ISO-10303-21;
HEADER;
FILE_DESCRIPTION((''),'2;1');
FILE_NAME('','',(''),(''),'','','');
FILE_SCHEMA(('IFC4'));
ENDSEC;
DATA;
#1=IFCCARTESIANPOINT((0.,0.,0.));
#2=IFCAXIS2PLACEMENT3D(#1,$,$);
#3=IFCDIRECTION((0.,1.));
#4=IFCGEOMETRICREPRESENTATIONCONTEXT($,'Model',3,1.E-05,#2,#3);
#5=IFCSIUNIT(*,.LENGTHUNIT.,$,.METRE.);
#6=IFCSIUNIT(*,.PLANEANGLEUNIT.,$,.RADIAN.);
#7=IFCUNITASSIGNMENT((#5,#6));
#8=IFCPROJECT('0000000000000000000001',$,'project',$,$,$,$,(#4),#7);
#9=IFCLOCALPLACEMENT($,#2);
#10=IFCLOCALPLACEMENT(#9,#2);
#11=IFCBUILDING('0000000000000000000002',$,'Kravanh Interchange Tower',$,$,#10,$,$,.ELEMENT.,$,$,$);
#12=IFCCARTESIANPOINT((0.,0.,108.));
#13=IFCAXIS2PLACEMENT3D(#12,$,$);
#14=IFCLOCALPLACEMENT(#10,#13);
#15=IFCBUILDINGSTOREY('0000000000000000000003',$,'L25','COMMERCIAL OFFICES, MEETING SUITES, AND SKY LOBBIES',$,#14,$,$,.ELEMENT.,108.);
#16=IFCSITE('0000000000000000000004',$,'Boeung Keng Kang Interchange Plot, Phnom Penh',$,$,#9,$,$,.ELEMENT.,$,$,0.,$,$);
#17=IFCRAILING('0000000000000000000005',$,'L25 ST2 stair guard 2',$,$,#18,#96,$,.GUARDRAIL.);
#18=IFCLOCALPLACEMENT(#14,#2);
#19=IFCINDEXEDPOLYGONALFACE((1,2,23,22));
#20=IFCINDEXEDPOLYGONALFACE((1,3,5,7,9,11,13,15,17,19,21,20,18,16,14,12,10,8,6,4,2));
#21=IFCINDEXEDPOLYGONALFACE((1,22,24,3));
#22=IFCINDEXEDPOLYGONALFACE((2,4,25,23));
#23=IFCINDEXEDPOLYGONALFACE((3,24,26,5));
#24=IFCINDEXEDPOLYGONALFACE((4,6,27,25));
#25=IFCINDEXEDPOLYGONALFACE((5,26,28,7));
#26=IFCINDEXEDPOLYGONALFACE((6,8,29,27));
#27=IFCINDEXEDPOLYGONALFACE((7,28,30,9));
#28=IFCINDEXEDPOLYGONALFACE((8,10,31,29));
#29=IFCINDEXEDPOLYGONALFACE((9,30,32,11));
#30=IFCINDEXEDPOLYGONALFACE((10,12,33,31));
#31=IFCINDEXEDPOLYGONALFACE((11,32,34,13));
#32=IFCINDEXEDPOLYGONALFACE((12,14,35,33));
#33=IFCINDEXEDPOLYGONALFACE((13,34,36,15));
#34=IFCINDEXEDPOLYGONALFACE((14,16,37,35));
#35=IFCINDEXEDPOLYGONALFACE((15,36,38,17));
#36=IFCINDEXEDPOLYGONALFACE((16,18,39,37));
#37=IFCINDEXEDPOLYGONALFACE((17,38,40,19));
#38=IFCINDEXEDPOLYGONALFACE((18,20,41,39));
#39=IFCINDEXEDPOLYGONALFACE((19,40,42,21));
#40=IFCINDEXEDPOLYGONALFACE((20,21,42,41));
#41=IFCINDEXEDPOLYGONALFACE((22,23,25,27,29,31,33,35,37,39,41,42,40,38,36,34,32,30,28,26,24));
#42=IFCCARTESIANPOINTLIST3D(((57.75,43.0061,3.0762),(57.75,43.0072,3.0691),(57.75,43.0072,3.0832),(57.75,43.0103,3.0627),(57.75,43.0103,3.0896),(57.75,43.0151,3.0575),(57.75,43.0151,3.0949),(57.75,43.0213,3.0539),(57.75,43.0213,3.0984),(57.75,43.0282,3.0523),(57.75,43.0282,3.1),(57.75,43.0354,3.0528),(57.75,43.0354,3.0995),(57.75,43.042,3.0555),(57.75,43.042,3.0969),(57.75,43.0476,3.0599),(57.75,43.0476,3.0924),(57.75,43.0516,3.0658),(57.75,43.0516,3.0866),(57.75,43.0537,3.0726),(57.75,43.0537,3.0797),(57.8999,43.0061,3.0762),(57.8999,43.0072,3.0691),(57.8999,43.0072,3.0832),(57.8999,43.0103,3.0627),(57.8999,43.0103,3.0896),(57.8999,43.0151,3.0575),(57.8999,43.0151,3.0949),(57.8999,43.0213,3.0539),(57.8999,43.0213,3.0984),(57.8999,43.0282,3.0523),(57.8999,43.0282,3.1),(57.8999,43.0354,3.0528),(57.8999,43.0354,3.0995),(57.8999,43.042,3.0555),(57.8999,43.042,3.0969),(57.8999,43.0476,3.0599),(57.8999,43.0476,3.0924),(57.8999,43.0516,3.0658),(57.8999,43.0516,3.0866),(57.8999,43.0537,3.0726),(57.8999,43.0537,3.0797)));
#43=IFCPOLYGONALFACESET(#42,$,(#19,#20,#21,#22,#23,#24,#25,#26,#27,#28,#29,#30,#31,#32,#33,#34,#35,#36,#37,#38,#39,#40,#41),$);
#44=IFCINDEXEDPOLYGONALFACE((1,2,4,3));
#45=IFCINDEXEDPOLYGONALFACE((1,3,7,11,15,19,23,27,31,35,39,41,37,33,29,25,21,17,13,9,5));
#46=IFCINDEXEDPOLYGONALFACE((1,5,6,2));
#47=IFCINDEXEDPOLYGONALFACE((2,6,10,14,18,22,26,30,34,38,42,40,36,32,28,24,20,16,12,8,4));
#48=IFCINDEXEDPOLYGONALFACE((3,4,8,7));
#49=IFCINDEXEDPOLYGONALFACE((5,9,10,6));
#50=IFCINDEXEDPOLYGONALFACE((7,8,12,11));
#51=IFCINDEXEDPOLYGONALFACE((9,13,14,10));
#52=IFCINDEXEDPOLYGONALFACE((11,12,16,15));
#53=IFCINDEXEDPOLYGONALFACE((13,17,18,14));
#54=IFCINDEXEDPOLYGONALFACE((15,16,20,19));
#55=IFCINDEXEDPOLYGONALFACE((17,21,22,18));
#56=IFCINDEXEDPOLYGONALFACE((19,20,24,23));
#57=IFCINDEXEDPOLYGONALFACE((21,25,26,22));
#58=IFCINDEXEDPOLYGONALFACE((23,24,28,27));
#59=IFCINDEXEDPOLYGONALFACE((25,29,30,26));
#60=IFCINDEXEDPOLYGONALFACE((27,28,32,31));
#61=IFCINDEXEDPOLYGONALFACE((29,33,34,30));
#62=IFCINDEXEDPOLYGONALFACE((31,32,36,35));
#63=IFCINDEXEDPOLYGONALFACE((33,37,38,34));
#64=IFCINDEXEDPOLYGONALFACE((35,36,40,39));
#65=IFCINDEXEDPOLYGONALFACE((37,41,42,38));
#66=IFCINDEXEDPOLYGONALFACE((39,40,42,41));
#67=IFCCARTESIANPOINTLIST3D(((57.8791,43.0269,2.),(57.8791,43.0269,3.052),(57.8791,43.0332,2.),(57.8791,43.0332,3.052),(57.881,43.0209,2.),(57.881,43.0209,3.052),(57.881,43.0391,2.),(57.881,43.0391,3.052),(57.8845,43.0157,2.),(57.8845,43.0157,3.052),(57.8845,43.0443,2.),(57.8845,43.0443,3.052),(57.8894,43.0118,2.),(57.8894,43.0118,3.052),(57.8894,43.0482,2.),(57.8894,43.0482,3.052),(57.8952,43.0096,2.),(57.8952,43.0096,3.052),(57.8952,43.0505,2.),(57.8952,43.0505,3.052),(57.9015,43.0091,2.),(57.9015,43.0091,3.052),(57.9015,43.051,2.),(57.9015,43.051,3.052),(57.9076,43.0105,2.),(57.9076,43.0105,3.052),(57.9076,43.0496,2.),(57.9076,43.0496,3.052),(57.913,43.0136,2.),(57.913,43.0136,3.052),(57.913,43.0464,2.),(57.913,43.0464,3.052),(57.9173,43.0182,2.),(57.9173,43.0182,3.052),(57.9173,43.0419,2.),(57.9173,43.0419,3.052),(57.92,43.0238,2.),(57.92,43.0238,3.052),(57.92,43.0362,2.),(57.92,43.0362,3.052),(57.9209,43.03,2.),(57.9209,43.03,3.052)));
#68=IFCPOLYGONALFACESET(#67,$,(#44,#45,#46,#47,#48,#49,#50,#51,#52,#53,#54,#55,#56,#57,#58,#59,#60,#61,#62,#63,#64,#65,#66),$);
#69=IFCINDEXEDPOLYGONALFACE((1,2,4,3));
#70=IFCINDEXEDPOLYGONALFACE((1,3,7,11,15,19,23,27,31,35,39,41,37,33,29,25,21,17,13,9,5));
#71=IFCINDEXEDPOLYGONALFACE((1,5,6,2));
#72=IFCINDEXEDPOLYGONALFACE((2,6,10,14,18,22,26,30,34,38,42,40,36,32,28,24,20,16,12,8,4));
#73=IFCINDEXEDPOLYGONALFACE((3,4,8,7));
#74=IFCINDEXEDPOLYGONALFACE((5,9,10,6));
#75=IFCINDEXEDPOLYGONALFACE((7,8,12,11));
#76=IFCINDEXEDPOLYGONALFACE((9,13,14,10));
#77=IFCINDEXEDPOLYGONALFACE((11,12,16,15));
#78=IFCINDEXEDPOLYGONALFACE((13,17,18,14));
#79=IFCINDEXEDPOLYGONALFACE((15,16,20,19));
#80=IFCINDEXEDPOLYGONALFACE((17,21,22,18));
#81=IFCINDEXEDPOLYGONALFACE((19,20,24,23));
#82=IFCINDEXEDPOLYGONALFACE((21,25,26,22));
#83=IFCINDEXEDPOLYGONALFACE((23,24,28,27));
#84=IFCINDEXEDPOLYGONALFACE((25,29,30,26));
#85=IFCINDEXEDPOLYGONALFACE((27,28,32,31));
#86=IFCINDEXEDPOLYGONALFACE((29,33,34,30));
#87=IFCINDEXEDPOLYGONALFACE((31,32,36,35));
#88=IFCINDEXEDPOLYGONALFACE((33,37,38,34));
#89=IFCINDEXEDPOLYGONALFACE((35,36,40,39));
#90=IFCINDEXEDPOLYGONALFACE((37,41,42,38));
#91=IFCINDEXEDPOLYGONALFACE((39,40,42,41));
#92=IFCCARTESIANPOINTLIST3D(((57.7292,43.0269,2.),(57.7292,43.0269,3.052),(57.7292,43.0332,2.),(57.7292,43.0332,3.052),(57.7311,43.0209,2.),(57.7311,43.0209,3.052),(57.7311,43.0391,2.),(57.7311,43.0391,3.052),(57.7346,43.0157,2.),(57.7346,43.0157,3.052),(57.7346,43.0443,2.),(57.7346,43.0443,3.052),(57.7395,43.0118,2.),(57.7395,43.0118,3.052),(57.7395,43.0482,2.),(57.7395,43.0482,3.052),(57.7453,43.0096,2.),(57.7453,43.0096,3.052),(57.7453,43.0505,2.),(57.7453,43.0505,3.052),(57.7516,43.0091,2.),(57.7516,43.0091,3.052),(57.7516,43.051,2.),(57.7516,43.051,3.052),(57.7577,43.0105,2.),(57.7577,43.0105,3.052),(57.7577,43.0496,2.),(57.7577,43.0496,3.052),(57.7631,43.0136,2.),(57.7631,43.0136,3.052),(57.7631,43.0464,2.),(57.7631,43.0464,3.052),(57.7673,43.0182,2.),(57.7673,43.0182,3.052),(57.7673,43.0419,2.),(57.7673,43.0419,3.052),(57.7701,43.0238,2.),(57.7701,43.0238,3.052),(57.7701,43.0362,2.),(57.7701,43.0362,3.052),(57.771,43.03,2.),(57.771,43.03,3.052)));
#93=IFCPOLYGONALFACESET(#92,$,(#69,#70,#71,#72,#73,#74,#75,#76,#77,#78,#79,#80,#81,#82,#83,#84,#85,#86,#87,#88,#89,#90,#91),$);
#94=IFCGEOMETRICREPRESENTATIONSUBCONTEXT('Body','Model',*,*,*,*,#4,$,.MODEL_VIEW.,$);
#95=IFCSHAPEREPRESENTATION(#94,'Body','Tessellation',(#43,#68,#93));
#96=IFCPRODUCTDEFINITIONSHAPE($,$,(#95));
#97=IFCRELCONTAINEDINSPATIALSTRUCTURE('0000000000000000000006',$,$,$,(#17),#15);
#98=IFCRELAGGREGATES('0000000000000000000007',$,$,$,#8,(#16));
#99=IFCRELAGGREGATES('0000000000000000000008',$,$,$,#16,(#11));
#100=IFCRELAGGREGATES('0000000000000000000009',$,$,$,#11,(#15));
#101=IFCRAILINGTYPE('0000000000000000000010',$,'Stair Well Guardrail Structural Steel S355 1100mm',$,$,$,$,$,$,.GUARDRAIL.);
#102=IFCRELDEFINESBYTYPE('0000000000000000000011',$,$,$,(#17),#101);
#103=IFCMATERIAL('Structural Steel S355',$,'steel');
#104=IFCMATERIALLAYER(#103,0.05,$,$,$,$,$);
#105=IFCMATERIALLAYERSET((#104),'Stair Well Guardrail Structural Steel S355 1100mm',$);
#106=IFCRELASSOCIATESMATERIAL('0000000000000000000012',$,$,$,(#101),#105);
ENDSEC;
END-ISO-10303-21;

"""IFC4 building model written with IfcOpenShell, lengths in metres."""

from ifc_helpers import new_model, si_unit, direction, frame, origin, origin_2d, place, context, subcontext, project, spatial, circle, extrude, material, layer, layer_set, type_object, element, save


model = new_model("IFC4")

# Units and contexts
model_context = context("Model", 3, precision=1e-05, world=origin(), true_north=direction((0.0, 1.0)))
body_context = subcontext(model_context, "Body", "Model", "MODEL_VIEW")
ifc_project = project(units=[si_unit("LENGTHUNIT", "METRE"), si_unit("PLANEANGLEUNIT", "RADIAN")], contexts=[model_context])

# Site, building, storey
site_placement = place(None, origin())
site = spatial("IfcSite", under=ifc_project, at=site_placement, Name="Boeung Keng Kang Interchange Plot, Phnom Penh", CompositionType="ELEMENT", RefElevation=0.0)
building_placement = place(site_placement, origin())
building = spatial("IfcBuilding", under=site, at=building_placement, Name="Kravanh Interchange Tower", CompositionType="ELEMENT")
storey_placement = place(building_placement, frame((0.0, 0.0, 108.0)))
storey = spatial("IfcBuildingStorey", under=building, at=storey_placement, Name="L25", Description="COMMERCIAL OFFICES, MEETING SUITES, AND SKY LOBBIES", CompositionType="ELEMENT", Elevation=108.0)

# Railing
ifc_material_1 = material(Name="Structural Steel S355", Category="steel")
ifc_layer_1 = layer(ifc_material_1, 0.05)
ifc_layer_set_1 = layer_set([ifc_layer_1], Name="Stair Well Guardrail Structural Steel S355 1100mm")
railing_type_1 = type_object("IfcRailingType", Name="Stair Well Guardrail Structural Steel S355 1100mm", PredefinedType="GUARDRAIL", material=ifc_layer_set_1)
railing_1_placement = place(storey_placement, frame((57.8999, 43.03, 2.0)))
element("IfcRailing", 1, at=railing_1_placement, inside=storey, type_object=railing_type_1, Name="L25 ST2 stair guard 2", PredefinedType="GUARDRAIL", context=body_context, shape_type="SweptSolid", body=[
    extrude(circle(Radius=0.0239, at=origin_2d()), frame((0.0, 0.0, 1.0762), z_axis=(-1.0, 0.0, 0.0), x_axis=(0.0, -1.0, 0.0)), (0.0, 0.0, 1.0), 0.1499),
    extrude(circle(Radius=0.021, at=origin_2d()), origin(), (0.0, 0.0, 1.0), 1.052),
    extrude(circle(Radius=0.021, at=origin_2d()), frame((-0.1499, 0.0, 0.0)), (0.0, 0.0, 1.0), 1.052),
])

save(model, "model.ifc")
